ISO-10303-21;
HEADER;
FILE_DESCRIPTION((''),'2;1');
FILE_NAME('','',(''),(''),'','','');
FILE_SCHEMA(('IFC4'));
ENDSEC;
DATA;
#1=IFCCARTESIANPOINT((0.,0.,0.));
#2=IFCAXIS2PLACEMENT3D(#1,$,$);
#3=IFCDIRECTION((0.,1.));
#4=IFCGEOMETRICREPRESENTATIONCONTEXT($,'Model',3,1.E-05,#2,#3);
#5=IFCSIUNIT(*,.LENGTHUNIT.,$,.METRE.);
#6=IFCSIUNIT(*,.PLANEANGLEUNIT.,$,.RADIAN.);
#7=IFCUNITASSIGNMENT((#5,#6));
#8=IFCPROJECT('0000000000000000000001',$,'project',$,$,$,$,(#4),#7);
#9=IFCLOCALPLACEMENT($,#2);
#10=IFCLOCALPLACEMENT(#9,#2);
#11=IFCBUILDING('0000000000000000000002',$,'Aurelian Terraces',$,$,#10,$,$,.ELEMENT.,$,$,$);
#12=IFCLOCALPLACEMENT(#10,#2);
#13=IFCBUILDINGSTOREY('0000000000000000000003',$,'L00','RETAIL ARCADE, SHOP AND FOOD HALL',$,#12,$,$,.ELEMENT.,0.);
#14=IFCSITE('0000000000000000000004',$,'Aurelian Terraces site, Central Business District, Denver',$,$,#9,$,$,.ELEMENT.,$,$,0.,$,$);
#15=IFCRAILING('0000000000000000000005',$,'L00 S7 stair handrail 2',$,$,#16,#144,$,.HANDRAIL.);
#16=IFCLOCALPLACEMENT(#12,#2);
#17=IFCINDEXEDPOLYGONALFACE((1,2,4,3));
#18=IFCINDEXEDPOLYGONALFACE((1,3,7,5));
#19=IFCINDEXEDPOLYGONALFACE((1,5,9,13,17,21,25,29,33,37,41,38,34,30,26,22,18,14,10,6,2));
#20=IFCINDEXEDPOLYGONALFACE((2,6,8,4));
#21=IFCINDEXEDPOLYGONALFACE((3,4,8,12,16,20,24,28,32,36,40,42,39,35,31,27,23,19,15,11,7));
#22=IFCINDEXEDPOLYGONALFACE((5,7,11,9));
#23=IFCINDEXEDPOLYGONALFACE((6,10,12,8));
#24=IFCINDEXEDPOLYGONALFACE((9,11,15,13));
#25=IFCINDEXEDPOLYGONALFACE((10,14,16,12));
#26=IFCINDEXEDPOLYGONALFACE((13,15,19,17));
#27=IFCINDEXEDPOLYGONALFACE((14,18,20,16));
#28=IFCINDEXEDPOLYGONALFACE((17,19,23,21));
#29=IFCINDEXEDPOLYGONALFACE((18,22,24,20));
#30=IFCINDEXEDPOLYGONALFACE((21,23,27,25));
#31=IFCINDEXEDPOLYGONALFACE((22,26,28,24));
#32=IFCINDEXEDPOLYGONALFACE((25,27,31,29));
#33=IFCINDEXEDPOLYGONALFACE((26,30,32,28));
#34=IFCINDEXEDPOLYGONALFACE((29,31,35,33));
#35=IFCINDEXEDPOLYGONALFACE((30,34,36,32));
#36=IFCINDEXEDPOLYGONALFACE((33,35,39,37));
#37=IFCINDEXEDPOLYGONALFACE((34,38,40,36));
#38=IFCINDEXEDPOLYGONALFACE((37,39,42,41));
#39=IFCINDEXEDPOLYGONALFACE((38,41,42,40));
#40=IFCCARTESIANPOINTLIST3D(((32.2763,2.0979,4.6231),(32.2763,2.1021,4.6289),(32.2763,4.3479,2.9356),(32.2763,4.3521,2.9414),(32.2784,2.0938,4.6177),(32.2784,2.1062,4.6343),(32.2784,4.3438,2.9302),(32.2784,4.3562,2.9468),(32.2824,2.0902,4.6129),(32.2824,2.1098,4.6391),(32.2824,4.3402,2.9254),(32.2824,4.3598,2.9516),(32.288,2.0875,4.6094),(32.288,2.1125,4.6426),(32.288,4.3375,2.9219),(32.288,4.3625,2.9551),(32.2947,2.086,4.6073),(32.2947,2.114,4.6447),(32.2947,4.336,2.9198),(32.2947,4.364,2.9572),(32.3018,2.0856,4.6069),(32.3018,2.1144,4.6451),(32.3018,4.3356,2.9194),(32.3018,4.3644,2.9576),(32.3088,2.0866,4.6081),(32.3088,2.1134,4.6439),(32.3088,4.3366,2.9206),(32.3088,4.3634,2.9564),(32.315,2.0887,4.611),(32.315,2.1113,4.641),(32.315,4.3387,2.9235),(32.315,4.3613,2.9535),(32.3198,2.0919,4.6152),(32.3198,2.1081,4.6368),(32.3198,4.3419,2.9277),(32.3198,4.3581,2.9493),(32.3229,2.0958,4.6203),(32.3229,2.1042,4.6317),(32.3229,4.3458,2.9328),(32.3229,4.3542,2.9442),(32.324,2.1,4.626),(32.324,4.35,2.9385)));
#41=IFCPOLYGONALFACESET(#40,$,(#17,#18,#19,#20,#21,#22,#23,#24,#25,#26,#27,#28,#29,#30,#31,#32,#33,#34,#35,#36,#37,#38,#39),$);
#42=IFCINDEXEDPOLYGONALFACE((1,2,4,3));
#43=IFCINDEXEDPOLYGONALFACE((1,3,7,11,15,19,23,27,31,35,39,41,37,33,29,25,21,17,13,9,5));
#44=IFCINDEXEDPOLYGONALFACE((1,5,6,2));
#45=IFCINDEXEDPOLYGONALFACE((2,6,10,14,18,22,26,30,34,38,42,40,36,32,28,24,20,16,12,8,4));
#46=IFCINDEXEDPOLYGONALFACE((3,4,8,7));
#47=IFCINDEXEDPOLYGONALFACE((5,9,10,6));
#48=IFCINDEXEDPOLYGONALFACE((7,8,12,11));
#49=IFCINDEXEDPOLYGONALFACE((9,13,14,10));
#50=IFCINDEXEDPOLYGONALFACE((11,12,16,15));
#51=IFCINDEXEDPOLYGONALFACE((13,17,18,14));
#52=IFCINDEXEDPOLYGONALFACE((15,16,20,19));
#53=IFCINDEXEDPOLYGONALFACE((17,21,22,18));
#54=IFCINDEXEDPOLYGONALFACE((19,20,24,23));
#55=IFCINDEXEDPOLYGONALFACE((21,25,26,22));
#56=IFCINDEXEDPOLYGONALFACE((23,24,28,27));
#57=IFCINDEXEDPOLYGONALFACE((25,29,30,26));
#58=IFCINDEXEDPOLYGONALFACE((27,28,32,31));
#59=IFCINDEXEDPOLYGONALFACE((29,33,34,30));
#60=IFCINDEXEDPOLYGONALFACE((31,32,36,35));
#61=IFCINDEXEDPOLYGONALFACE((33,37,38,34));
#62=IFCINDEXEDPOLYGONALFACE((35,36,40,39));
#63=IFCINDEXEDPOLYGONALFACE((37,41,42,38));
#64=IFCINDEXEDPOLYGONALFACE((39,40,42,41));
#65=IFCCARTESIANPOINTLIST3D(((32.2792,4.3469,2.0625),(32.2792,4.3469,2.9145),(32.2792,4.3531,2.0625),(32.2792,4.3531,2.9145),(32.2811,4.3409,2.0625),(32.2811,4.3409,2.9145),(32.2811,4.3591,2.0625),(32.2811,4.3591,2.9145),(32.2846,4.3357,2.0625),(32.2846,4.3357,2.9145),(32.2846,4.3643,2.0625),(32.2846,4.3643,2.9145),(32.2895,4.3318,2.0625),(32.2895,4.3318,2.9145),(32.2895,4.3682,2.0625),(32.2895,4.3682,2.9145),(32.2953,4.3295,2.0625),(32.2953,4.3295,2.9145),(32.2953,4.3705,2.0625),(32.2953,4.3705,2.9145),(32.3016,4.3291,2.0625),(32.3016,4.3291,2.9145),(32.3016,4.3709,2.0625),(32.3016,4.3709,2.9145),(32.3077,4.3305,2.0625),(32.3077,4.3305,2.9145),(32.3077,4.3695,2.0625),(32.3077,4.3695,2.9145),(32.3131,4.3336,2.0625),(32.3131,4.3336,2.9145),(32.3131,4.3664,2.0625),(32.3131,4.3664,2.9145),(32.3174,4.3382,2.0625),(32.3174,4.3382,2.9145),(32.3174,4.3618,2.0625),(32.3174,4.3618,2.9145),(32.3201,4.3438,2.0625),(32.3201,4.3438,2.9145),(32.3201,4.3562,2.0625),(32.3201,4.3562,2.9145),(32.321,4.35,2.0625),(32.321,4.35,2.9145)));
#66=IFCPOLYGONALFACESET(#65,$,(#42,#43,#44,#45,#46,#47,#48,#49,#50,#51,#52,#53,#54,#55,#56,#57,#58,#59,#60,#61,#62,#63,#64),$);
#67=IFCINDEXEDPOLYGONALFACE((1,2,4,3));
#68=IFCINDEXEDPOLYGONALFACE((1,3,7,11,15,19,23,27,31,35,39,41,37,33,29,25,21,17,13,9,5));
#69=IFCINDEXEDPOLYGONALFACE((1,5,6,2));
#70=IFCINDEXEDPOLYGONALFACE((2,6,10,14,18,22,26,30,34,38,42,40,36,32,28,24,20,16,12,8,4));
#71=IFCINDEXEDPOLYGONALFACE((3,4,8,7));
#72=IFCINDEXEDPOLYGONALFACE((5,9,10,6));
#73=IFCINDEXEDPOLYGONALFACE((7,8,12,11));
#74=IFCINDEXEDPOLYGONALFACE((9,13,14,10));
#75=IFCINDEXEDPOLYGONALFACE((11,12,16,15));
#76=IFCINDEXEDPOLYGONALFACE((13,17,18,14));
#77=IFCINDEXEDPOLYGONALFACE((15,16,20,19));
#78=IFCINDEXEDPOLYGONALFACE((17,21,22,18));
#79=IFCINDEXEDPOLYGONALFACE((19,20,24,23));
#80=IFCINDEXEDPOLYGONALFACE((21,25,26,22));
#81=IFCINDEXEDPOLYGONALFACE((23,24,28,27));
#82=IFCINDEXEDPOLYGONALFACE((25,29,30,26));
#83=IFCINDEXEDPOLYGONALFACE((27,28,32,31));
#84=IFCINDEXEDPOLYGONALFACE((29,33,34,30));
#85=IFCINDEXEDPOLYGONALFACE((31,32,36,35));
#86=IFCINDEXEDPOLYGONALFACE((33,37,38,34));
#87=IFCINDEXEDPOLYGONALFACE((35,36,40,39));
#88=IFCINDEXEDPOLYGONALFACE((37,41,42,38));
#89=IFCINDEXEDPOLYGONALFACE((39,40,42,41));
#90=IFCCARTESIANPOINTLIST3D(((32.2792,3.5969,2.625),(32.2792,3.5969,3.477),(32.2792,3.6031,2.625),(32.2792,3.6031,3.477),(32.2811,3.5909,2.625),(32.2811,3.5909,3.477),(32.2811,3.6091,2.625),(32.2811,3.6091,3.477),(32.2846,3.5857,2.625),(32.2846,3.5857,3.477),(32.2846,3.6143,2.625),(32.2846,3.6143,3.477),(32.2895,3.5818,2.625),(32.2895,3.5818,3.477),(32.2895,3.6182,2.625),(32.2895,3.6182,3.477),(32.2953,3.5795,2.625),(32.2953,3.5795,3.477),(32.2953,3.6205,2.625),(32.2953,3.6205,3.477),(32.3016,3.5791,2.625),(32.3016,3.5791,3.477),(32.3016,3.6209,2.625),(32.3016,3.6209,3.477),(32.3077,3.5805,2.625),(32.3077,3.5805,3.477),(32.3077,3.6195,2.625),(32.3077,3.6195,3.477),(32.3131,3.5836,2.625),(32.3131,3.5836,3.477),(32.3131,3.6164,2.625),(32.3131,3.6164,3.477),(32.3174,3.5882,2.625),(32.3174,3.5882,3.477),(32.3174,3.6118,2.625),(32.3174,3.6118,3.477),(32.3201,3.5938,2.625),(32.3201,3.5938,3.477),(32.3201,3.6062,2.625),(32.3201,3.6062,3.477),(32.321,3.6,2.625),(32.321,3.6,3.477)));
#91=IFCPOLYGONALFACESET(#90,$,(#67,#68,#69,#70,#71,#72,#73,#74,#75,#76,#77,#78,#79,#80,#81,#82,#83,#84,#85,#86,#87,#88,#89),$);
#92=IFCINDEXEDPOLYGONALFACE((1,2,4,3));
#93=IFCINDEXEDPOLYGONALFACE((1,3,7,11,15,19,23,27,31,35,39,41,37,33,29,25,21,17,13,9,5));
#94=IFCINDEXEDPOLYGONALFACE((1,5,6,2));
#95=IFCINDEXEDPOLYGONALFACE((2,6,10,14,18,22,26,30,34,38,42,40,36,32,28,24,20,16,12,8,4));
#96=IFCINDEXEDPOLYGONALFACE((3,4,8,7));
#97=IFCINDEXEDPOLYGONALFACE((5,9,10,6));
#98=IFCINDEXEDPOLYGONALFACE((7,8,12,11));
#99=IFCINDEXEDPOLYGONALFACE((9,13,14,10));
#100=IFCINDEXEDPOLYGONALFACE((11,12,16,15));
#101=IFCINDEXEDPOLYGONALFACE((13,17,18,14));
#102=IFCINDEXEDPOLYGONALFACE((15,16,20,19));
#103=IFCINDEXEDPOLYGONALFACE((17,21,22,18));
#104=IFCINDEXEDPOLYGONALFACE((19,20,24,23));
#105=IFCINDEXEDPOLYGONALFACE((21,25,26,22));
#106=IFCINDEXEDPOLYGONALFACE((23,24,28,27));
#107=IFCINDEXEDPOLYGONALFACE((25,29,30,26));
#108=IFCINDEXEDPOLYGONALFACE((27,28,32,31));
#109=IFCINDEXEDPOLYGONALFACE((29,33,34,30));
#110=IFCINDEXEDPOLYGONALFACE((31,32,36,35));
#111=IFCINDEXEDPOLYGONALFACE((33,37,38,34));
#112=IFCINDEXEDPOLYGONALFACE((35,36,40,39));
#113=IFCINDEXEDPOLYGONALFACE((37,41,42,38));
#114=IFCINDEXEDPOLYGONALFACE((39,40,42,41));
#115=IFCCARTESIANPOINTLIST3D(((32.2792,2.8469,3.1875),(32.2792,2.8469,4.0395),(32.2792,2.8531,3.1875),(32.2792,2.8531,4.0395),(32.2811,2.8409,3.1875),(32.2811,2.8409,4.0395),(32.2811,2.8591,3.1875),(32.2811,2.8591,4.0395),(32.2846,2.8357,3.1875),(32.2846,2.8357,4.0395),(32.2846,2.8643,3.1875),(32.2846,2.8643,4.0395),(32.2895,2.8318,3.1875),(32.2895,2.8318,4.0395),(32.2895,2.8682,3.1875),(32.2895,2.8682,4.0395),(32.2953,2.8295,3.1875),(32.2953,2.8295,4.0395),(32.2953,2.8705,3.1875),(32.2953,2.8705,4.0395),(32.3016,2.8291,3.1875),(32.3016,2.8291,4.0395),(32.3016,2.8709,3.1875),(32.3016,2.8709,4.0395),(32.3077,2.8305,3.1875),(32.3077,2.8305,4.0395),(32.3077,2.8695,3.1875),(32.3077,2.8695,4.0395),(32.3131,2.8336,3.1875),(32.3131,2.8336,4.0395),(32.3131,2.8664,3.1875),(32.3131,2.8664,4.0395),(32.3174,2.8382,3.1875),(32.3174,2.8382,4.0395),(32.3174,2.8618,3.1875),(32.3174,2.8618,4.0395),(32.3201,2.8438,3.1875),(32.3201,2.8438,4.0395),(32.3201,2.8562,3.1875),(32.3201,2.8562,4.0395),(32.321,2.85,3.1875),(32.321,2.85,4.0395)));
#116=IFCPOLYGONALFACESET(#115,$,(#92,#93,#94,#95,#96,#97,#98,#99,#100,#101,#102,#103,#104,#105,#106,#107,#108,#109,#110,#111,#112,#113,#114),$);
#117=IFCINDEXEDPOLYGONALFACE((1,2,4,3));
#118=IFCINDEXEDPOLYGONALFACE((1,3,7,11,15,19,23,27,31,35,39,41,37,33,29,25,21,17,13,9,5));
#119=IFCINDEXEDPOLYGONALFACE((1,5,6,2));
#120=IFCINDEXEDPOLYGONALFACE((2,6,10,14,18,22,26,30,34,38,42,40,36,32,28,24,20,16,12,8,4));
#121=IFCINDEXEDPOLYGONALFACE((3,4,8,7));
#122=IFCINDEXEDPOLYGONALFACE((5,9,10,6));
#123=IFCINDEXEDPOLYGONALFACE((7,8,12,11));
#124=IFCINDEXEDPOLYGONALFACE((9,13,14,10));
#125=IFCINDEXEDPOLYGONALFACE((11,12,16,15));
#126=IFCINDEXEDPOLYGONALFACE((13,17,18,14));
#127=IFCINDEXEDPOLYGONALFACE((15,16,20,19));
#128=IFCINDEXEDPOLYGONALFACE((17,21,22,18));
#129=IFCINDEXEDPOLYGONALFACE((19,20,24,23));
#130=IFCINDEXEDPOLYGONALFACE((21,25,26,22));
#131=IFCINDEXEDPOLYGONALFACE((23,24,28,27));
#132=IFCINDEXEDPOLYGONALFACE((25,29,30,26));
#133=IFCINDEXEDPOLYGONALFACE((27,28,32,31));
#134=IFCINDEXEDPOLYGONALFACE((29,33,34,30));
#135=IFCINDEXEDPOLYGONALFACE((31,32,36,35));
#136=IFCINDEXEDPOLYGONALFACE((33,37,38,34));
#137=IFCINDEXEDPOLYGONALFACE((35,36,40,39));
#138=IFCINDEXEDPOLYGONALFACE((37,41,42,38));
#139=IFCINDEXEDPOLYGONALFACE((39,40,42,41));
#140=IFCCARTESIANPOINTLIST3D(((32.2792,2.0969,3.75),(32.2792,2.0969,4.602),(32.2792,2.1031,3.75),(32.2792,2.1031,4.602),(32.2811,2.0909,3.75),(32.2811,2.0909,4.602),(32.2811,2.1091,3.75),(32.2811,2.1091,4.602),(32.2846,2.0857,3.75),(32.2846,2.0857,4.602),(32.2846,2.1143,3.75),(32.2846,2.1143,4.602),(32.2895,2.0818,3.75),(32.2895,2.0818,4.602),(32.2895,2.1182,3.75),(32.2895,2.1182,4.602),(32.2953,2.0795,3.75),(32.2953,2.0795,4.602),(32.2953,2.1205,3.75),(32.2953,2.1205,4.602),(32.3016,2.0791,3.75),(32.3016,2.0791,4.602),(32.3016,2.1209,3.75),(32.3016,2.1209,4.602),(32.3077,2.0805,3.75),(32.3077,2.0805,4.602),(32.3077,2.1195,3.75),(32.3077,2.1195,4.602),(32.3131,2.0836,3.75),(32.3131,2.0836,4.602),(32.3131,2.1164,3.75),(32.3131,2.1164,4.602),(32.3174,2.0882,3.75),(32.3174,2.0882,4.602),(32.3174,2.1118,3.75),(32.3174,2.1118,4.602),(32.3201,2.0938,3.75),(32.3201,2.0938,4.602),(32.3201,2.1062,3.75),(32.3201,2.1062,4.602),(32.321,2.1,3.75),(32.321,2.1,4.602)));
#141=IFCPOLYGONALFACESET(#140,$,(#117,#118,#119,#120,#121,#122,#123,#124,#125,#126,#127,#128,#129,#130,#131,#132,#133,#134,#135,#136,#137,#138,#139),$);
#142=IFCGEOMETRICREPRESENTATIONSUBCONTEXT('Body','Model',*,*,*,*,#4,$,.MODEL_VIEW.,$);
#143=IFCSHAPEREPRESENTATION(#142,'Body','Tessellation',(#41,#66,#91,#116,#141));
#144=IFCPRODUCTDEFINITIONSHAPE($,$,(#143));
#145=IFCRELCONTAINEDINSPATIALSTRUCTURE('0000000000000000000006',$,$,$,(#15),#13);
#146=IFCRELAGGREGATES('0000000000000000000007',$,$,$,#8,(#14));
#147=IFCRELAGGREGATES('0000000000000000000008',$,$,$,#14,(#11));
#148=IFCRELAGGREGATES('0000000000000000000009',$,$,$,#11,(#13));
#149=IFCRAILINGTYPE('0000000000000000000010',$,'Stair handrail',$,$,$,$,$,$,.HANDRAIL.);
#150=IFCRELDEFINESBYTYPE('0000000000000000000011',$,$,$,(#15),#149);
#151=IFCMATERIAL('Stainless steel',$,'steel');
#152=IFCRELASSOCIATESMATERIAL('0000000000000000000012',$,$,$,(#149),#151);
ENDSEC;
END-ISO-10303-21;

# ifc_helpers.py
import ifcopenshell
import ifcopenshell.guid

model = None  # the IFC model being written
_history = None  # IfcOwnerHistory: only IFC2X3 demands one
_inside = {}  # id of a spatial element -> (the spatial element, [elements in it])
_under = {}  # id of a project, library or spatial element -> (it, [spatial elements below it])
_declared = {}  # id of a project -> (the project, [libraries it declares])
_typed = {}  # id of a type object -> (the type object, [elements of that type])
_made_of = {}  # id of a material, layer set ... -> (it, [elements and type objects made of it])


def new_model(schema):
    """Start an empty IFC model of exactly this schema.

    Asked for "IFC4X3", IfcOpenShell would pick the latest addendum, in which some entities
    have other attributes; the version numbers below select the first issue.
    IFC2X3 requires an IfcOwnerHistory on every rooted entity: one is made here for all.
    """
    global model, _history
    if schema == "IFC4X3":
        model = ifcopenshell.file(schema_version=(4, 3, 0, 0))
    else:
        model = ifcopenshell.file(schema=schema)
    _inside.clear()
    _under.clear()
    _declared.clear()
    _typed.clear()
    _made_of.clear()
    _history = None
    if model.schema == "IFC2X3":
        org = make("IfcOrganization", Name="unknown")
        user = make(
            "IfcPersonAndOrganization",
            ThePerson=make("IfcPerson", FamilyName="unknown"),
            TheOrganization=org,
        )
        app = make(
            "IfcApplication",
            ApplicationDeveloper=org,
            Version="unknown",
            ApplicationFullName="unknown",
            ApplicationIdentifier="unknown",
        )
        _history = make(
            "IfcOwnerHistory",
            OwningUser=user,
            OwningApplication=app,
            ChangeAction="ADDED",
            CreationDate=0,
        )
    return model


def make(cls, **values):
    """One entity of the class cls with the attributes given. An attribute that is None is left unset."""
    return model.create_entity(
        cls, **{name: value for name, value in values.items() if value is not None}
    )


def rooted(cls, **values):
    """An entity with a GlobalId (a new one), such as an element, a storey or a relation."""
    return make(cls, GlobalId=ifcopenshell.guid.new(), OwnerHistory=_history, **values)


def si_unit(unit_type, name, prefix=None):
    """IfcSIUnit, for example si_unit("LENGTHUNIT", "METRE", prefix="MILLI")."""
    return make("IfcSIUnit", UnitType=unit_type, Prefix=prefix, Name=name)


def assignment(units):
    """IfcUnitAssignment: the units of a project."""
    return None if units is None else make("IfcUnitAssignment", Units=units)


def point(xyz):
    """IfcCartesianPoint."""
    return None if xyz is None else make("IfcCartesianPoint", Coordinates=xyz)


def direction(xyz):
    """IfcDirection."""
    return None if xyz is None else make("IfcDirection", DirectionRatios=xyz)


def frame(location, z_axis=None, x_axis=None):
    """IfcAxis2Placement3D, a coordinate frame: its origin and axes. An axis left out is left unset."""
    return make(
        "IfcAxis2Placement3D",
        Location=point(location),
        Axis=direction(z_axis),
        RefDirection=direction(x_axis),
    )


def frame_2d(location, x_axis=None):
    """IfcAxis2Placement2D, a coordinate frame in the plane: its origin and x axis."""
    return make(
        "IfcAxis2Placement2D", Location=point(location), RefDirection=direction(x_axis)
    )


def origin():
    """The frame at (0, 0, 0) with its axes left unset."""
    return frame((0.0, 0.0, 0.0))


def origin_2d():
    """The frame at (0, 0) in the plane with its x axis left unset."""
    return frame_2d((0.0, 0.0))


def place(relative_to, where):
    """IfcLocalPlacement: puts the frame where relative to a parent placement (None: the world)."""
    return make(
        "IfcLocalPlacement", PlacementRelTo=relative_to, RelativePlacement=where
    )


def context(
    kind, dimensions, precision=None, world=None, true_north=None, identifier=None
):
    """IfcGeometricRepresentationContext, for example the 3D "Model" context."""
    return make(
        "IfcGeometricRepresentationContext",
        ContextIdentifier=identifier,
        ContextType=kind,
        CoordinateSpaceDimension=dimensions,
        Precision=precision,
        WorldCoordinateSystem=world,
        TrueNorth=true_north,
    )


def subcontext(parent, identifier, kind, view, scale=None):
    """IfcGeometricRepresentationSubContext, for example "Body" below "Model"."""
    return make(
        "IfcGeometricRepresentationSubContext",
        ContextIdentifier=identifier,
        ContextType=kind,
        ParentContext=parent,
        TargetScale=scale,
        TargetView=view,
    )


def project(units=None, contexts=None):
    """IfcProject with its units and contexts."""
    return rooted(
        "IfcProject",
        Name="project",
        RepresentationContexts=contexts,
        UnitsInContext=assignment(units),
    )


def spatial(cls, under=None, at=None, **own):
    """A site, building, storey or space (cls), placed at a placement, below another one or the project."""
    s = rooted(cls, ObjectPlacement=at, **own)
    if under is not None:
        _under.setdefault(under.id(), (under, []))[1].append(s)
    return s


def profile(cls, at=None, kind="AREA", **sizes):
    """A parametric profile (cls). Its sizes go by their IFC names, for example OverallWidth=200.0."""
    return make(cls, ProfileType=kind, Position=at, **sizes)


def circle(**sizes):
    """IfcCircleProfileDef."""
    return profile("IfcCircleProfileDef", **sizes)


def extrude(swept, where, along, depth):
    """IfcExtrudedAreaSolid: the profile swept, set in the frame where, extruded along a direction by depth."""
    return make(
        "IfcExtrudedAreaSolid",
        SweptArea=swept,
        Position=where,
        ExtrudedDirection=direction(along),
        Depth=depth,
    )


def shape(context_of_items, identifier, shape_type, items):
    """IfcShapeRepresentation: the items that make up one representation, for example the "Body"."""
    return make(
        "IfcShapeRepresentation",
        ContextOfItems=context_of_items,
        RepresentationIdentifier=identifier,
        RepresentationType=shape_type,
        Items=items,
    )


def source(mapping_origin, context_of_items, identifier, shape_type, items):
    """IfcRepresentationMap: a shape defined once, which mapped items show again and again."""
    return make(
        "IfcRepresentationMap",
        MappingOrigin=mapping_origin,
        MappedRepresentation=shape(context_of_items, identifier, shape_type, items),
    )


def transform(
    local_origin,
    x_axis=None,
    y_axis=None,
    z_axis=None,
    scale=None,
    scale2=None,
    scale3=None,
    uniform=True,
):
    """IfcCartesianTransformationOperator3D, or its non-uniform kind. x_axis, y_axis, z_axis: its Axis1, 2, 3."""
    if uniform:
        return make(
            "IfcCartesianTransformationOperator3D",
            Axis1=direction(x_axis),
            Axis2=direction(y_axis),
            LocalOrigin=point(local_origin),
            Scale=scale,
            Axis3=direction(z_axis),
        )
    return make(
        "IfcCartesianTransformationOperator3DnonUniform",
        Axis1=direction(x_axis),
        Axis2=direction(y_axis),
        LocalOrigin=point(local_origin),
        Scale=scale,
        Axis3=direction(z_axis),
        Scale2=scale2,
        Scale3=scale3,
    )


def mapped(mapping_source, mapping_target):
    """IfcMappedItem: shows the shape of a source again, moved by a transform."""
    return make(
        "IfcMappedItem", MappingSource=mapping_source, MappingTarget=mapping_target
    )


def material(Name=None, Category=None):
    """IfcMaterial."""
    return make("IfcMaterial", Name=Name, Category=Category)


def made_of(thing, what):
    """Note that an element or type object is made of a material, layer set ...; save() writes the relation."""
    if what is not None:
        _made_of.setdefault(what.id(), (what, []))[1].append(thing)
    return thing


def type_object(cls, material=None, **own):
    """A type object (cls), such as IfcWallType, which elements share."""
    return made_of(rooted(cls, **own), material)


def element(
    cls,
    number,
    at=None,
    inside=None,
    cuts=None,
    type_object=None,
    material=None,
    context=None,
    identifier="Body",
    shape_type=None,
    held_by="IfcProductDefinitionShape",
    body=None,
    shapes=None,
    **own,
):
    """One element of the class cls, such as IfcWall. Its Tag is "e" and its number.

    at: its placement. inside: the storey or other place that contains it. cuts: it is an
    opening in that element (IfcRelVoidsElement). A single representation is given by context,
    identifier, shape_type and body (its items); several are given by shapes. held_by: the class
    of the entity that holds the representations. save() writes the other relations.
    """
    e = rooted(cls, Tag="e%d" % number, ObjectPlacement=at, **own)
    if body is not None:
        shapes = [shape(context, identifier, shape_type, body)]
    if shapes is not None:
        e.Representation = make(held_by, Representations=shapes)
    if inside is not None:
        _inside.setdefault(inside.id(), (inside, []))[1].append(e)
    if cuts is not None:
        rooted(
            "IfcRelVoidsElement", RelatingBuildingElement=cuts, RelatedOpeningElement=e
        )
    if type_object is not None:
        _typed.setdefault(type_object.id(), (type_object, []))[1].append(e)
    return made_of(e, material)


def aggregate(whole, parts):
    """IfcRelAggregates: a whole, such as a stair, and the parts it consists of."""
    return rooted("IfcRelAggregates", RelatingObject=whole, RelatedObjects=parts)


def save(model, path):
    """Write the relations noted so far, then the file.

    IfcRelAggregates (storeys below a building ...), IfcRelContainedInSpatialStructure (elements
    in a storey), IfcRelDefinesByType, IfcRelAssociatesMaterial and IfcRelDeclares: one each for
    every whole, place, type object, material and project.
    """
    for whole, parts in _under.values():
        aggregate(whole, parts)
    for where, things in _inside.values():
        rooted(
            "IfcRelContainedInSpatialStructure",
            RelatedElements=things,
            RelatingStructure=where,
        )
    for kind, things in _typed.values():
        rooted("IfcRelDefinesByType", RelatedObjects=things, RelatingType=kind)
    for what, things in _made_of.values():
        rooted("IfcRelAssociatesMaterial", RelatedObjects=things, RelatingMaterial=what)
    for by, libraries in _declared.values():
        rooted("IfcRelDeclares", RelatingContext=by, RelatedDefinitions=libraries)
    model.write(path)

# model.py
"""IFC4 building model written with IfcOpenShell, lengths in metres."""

from ifc_helpers import new_model, si_unit, direction, frame, origin, origin_2d, place, context, subcontext, project, spatial, circle, extrude, source, transform, mapped, material, type_object, element, save


model = new_model("IFC4")

# Units and contexts
model_context = context("Model", 3, precision=1e-05, world=origin(), true_north=direction((0.0, 1.0)))
body_context = subcontext(model_context, "Body", "Model", "MODEL_VIEW")
ifc_project = project(units=[si_unit("LENGTHUNIT", "METRE"), si_unit("PLANEANGLEUNIT", "RADIAN")], contexts=[model_context])

# Site, building, storey
site_placement = place(None, origin())
site = spatial("IfcSite", under=ifc_project, at=site_placement, Name="Aurelian Terraces site, Central Business District, Denver", CompositionType="ELEMENT", RefElevation=0.0)
building_placement = place(site_placement, origin())
building = spatial("IfcBuilding", under=site, at=building_placement, Name="Aurelian Terraces", CompositionType="ELEMENT")
storey_placement = place(building_placement, origin())
storey = spatial("IfcBuildingStorey", under=building, at=storey_placement, Name="L00", Description="RETAIL ARCADE, SHOP AND FOOD HALL", CompositionType="ELEMENT", Elevation=0.0)

# Railing
ifc_material_1 = material(Name="Stainless steel", Category="steel")
railing_type = type_object("IfcRailingType", Name="Stair handrail", PredefinedType="HANDRAIL", material=ifc_material_1)
shared_shape_1 = source(origin(), body_context, "Body", "SweptSolid", [
    extrude(circle(Radius=0.024, at=origin_2d()), frame((0.0, 0.0, 0.876), z_axis=(0.0, -0.8, 0.6), x_axis=(1.0, 0.0, 0.0)), (0.0, 0.0, 1.0), 2.8125),
    extrude(circle(Radius=0.021, at=origin_2d()), origin(), (0.0, 0.0, 1.0), 0.852),
    extrude(circle(Radius=0.021, at=origin_2d()), frame((0.0, -0.75, 0.5625)), (0.0, 0.0, 1.0), 0.852),
    extrude(circle(Radius=0.021, at=origin_2d()), frame((0.0, -1.5, 1.125)), (0.0, 0.0, 1.0), 0.852),
    extrude(circle(Radius=0.021, at=origin_2d()), frame((0.0, -2.25, 1.6875)), (0.0, 0.0, 1.0), 0.852),
])
for number, where, name in (
    (1, (32.3, 4.35, 2.0625), "L00 S7 stair handrail 2"),
):
    element("IfcRailing", number, at=place(storey_placement, frame(where)), inside=storey, type_object=railing_type, Name=name, PredefinedType="HANDRAIL", context=body_context, shape_type="MappedRepresentation", body=[
        mapped(shared_shape_1, transform((0.0, 0.0, 0.0), scale=1.0)),
    ])

save(model, "model.ifc")
